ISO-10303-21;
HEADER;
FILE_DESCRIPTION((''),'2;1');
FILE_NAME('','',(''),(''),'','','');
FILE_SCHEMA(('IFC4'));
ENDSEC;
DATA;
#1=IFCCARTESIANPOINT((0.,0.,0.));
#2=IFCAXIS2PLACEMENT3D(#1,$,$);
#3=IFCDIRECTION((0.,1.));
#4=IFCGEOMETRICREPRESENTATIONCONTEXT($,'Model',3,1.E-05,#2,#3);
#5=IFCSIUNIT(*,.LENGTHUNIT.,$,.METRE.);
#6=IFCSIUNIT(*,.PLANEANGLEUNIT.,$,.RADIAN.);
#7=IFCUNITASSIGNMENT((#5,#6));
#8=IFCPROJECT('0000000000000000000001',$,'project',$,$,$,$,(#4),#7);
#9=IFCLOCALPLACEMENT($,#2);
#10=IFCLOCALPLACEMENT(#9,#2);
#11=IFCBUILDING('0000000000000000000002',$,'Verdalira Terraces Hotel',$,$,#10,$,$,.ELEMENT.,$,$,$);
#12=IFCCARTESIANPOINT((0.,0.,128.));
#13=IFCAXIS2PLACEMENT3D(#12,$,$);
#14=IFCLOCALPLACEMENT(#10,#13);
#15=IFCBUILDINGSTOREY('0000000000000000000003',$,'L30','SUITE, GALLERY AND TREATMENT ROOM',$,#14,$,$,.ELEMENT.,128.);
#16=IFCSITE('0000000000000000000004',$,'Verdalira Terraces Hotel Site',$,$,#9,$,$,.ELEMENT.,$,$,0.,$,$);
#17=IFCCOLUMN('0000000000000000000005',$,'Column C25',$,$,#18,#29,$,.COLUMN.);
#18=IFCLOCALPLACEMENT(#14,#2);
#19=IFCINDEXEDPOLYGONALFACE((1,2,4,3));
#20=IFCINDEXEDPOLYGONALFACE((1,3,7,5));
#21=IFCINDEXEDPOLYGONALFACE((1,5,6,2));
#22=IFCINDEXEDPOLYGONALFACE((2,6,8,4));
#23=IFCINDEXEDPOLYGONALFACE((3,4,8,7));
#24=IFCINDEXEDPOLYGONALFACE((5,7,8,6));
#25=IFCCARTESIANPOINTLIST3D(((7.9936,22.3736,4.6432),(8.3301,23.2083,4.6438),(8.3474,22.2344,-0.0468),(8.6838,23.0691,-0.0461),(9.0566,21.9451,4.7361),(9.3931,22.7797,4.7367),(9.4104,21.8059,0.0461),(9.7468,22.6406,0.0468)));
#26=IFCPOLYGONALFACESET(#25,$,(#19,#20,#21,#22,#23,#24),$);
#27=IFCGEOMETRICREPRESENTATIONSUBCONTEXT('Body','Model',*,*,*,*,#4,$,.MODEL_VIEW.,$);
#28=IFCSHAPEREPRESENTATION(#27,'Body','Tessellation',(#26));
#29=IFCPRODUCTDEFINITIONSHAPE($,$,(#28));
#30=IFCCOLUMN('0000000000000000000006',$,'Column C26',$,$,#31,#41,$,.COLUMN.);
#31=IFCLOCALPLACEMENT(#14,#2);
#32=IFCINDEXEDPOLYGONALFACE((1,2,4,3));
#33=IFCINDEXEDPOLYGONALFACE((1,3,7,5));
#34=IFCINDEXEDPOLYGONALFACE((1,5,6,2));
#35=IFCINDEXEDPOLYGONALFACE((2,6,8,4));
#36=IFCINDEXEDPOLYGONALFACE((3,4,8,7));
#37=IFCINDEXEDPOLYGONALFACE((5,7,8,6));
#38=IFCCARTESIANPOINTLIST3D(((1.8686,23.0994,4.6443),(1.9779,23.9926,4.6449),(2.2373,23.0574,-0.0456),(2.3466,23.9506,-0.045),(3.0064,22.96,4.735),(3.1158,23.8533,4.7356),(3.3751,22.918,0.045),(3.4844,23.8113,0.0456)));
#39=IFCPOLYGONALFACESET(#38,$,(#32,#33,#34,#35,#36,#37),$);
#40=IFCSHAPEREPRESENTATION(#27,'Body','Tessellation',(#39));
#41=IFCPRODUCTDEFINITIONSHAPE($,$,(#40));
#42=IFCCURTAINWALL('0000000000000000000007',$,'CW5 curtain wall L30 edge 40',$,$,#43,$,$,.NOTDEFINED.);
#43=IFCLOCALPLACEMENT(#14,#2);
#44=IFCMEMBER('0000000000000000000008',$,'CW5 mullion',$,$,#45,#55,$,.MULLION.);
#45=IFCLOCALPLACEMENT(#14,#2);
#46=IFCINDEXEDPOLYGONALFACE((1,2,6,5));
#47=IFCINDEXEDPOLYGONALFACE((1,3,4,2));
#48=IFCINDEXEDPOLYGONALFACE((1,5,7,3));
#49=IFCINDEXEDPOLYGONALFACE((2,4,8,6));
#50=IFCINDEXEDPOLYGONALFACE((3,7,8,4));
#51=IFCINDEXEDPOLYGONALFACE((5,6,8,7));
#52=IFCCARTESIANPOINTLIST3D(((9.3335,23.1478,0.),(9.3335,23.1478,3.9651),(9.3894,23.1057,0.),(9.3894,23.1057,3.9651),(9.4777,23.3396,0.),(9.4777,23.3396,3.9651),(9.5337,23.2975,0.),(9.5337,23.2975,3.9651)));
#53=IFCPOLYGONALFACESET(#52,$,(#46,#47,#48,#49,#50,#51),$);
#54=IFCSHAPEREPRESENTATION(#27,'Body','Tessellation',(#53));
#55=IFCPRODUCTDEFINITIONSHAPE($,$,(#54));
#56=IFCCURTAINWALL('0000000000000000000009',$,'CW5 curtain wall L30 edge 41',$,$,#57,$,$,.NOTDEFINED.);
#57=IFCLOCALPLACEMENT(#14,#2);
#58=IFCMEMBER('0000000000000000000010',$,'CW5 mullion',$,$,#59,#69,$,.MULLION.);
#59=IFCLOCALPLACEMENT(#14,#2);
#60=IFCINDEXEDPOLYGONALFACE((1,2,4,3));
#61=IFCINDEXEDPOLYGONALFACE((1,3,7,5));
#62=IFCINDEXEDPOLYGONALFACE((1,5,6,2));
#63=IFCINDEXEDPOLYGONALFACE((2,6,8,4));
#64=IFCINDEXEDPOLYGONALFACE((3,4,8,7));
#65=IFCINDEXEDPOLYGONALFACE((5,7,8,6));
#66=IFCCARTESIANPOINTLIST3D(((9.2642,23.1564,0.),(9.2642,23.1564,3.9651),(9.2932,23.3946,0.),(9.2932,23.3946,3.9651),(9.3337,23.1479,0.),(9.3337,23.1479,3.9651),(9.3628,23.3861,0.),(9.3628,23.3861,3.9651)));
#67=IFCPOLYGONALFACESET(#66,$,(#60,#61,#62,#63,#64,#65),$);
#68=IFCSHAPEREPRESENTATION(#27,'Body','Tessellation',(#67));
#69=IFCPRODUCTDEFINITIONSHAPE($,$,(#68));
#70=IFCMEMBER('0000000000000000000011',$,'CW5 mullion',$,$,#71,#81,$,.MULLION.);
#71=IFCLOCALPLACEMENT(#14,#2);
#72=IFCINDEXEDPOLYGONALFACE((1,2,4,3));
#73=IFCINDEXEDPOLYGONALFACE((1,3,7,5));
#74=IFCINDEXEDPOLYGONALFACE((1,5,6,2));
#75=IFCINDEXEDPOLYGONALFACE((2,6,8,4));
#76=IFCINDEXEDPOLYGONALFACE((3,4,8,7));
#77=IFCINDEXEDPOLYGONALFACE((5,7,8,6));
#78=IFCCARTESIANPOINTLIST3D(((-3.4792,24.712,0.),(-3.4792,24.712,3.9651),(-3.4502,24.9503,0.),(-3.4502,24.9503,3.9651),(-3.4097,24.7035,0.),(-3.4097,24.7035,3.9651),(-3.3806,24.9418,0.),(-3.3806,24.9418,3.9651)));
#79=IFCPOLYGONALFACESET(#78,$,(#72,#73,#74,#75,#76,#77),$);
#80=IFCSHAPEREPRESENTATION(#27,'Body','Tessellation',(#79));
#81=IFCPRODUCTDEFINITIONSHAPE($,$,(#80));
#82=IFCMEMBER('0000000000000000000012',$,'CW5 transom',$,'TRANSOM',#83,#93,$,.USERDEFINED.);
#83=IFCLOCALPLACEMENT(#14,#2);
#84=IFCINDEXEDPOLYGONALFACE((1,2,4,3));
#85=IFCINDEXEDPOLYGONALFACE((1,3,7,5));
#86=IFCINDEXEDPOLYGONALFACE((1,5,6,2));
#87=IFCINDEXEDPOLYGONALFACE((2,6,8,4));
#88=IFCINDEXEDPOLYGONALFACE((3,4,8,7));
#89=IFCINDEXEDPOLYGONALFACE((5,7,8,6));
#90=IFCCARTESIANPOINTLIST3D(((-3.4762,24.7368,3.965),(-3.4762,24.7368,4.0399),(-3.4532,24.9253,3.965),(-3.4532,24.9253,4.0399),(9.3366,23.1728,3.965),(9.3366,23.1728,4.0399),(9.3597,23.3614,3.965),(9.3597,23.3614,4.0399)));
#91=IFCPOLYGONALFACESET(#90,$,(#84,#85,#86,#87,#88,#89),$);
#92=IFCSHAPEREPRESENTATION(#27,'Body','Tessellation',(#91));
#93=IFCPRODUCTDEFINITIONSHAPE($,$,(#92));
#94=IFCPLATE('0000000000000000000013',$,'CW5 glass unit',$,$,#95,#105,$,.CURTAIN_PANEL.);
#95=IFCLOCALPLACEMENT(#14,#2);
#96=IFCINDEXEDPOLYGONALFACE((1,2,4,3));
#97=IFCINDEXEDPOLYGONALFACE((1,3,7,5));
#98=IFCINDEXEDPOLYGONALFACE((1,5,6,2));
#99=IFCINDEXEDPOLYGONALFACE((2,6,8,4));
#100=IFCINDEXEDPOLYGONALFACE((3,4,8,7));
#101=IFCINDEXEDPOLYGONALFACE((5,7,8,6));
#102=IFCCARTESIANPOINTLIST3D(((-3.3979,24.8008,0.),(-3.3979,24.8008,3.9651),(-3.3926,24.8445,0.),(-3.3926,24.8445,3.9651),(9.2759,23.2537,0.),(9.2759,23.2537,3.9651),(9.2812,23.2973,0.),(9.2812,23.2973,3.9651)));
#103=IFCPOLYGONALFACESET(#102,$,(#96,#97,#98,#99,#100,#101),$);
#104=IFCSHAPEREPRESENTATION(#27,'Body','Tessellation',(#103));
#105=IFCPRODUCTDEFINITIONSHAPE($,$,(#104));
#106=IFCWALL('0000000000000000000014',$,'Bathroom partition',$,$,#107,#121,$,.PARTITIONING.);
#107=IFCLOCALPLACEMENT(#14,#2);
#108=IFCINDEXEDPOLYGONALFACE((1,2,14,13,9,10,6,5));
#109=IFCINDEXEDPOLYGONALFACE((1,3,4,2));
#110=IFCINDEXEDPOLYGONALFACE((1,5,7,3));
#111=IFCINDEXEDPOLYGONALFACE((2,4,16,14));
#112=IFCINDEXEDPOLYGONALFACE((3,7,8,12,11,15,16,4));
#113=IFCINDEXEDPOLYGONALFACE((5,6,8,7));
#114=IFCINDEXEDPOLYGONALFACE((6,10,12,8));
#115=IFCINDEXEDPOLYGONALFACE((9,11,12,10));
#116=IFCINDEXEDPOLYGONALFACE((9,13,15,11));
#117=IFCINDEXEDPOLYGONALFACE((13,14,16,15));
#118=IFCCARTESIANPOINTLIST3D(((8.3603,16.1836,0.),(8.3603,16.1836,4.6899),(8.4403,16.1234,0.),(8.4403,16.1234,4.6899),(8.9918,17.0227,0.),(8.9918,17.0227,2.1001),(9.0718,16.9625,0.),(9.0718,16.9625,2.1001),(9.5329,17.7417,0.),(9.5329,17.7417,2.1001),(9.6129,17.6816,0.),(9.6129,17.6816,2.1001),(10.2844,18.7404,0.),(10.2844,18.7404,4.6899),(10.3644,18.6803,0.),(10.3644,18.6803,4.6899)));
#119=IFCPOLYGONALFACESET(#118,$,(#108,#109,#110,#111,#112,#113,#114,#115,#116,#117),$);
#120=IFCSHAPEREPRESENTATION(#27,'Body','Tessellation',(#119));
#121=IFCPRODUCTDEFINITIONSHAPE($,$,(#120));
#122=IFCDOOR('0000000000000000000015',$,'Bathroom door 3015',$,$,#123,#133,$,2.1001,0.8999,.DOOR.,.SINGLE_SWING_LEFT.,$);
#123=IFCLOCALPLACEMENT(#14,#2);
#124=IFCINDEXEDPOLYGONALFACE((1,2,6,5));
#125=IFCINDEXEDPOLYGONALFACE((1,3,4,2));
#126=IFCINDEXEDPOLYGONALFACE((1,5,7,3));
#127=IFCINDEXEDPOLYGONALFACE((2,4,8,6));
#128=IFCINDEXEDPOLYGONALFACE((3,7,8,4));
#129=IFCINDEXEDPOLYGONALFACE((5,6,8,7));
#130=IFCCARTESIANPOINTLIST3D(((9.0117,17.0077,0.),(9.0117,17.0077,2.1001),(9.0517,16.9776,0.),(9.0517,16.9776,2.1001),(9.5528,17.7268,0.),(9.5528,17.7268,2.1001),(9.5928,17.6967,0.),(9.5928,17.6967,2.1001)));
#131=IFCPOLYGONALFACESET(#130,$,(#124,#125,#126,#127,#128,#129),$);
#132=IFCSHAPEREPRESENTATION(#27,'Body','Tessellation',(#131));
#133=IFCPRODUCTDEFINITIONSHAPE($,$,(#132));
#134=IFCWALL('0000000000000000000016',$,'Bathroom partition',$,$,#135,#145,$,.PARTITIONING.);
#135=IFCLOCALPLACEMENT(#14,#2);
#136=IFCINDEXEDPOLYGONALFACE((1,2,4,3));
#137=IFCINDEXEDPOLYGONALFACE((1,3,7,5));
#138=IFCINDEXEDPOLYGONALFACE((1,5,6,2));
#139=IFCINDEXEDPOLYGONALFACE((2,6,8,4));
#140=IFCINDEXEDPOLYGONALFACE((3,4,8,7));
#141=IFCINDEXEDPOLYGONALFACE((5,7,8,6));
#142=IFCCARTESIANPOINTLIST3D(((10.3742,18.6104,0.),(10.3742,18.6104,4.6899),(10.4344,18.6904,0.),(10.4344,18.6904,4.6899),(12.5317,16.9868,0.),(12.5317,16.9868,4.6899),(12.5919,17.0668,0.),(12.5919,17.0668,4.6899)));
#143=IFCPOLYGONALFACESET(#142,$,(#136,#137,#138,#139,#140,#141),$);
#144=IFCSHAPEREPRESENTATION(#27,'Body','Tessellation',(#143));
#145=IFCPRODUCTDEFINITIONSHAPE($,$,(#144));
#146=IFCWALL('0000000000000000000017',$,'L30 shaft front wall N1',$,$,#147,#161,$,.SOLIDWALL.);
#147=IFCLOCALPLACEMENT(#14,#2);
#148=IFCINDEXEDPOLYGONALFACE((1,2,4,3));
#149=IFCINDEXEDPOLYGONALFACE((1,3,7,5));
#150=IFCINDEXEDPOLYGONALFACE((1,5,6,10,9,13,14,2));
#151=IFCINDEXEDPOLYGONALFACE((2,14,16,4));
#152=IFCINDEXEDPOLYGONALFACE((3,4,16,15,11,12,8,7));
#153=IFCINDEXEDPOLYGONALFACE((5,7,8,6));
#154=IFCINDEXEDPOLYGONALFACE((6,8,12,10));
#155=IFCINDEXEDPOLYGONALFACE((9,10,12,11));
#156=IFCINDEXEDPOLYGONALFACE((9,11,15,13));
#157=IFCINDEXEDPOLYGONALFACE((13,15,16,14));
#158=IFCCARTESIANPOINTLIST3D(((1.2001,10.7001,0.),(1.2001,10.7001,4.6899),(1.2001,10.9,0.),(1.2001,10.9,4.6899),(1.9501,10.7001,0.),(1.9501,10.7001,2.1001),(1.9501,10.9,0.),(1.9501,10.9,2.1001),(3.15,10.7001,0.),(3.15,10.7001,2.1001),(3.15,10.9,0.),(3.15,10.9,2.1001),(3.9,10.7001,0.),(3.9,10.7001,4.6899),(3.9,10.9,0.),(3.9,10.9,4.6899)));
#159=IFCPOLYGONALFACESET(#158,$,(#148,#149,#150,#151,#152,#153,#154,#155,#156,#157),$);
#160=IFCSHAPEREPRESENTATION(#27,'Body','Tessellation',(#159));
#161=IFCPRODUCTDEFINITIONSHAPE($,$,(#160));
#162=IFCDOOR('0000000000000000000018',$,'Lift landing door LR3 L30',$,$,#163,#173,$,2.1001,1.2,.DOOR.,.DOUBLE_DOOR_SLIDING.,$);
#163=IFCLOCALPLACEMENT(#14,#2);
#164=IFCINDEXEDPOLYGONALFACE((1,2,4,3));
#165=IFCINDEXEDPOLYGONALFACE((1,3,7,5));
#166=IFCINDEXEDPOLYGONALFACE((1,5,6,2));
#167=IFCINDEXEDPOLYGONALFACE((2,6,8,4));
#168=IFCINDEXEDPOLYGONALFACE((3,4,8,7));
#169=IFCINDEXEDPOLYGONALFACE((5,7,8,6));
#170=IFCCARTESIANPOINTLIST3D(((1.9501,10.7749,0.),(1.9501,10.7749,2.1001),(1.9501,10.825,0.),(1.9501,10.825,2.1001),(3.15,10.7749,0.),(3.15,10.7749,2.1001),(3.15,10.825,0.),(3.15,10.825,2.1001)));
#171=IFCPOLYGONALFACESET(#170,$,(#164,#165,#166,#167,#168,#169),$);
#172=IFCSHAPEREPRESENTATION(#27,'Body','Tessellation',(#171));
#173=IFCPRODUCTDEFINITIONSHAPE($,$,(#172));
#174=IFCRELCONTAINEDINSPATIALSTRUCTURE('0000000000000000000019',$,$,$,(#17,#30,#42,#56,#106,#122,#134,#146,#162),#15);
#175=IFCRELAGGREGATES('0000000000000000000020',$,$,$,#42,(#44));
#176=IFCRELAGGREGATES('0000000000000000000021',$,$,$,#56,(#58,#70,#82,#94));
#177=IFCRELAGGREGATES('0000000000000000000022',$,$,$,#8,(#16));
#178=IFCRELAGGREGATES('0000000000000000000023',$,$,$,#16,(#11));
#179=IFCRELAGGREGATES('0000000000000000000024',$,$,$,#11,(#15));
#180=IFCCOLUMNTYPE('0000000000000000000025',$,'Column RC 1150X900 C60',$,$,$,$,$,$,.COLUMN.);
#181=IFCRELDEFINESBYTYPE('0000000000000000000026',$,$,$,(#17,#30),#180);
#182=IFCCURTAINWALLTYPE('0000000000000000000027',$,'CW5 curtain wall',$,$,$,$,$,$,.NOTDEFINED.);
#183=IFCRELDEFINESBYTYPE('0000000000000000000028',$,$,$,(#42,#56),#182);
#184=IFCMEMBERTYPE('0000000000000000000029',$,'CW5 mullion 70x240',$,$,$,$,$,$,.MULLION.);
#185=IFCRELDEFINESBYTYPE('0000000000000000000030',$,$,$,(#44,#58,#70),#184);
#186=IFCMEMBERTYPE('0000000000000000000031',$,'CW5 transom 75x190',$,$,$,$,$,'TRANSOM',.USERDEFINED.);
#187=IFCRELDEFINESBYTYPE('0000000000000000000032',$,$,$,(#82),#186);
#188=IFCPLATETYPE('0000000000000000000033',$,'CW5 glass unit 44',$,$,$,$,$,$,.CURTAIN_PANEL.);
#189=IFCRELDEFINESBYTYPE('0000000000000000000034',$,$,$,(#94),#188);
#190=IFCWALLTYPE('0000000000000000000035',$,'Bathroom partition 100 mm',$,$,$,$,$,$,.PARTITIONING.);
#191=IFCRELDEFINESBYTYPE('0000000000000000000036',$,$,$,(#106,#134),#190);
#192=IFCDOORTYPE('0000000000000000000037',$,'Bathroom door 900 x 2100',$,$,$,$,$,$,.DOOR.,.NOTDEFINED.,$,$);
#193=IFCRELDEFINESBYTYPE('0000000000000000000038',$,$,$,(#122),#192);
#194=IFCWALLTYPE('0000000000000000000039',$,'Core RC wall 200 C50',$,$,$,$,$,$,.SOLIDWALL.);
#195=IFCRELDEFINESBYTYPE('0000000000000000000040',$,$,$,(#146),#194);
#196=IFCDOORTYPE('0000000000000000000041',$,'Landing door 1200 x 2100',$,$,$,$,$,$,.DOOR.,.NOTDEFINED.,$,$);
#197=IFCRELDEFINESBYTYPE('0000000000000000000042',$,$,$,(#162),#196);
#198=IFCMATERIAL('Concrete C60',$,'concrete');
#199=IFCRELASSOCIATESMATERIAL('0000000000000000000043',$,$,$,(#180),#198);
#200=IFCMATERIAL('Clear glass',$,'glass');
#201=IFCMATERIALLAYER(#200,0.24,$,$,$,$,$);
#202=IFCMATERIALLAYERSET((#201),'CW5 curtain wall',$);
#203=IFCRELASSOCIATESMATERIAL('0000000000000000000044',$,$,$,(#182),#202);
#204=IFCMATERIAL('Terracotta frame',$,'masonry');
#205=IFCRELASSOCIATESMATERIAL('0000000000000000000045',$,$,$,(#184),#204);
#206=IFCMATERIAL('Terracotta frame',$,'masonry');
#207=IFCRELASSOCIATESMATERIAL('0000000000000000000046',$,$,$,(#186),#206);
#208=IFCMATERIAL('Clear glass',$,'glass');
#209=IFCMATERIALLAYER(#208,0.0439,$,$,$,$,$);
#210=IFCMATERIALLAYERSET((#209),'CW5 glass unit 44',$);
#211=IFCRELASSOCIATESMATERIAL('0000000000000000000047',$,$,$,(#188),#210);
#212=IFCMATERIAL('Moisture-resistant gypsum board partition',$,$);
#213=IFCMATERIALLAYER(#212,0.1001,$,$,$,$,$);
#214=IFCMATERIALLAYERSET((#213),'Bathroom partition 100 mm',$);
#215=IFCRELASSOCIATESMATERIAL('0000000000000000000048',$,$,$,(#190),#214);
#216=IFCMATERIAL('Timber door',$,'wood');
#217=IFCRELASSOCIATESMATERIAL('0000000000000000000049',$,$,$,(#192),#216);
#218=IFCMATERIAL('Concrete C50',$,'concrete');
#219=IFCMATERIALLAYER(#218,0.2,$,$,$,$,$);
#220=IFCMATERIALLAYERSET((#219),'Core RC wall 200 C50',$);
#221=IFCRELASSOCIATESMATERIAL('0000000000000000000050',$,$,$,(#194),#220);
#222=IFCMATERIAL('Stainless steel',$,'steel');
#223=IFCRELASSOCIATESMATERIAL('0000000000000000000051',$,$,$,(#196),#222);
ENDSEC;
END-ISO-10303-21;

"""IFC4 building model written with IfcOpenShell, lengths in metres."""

from ifc_helpers import new_model, si_unit, direction, frame, frame_2d, origin, origin_2d, place, context, subcontext, project, spatial, rectangle, extrude, material, layer, layer_set, material_profile, profile_set, type_object, element, fill, aggregate, save


model = new_model("IFC4")

# Units and contexts
model_context = context("Model", 3, precision=1e-05, world=origin(), true_north=direction((0.0, 1.0)))
body_context = subcontext(model_context, "Body", "Model", "MODEL_VIEW")
ifc_project = project(units=[si_unit("LENGTHUNIT", "METRE"), si_unit("PLANEANGLEUNIT", "RADIAN")], contexts=[model_context])

# Site, building, storey
site_placement = place(None, origin())
site = spatial("IfcSite", under=ifc_project, at=site_placement, Name="Verdalira Terraces Hotel Site", CompositionType="ELEMENT", RefElevation=0.0)
building_placement = place(site_placement, origin())
building = spatial("IfcBuilding", under=site, at=building_placement, Name="Verdalira Terraces Hotel", CompositionType="ELEMENT")
storey_placement = place(building_placement, frame((0.0, 0.0, 128.0)))
storey = spatial("IfcBuildingStorey", under=building, at=storey_placement, Name="L30", Description="SUITE, GALLERY AND TREATMENT ROOM", CompositionType="ELEMENT", Elevation=128.0)

# Columns
ifc_material_1 = material(Name="Concrete C60", Category="concrete")
ifc_material_profile_1 = material_profile(ifc_material_1, rectangle(XDim=1.1499, YDim=0.8999, at=origin_2d()), Name="RC 1150X900")
ifc_profile_set_1 = profile_set([ifc_material_profile_1], Name="Concrete C60")
column_type = type_object("IfcColumnType", Name="Column RC 1150X900 C60", PredefinedType="COLUMN", material=ifc_profile_set_1)
column_1_placement = place(storey_placement, frame((9.0471, 22.4375, 0.0), z_axis=(-0.075183, 0.029575, 0.996731), x_axis=(0.924436, -0.372682, 0.080788)))
element("IfcColumn", 1, at=column_1_placement, inside=storey, type_object=column_type, Name="Column C25", PredefinedType="COLUMN", context=body_context, shape_type="SweptSolid", body=[
    extrude(rectangle(XDim=1.1499, YDim=0.8999, at=origin_2d()), origin(), (0.0, 0.0, 1.0), 4.7053),
])
column_2_placement = place(storey_placement, frame((2.8608, 23.4343, 0.0), z_axis=(-0.07836, 0.008926, 0.996885), x_axis=(-0.989494, 0.121169, -0.078864)))
element("IfcColumn", 2, at=column_2_placement, inside=storey, type_object=column_type, Name="Column C26", PredefinedType="COLUMN", context=body_context, shape_type="SweptSolid", body=[
    extrude(rectangle(XDim=1.1499, YDim=0.8999, at=origin_2d()), origin(), (0.0, 0.0, 1.0), 4.7046),
])

# Curtain wall, member
ifc_material_2 = material(Name="Clear glass", Category="glass")
ifc_layer_1 = layer(ifc_material_2, 0.24)
ifc_layer_set_1 = layer_set([ifc_layer_1], Name="CW5 curtain wall")
curtain_wall_type = type_object("IfcCurtainWallType", Name="CW5 curtain wall", PredefinedType="NOTDEFINED", material=ifc_layer_set_1)
curtain_wall_1_placement = place(storey_placement, origin())
curtain_wall_1 = element("IfcCurtainWall", 3, at=curtain_wall_1_placement, inside=storey, type_object=curtain_wall_type, Name="CW5 curtain wall L30 edge 40", PredefinedType="NOTDEFINED")
ifc_material_3 = material(Name="Terracotta frame", Category="masonry")
ifc_material_profile_2 = material_profile(ifc_material_3, rectangle(XDim=0.0701, YDim=0.24, at=origin_2d()), Name="MU 70x240")
ifc_profile_set_2 = profile_set([ifc_material_profile_2], Name="Terracotta frame")
member_type_1 = type_object("IfcMemberType", Name="CW5 mullion 70x240", PredefinedType="MULLION", material=ifc_profile_set_2)
member_1_placement = place(storey_placement, frame((9.4336, 23.2227, 0.0), z_axis=(0.0, 0.0, 1.0), x_axis=(-0.799055, 0.601257, 0.0)))
member_1 = element("IfcMember", 4, at=member_1_placement, type_object=member_type_1, Name="CW5 mullion", PredefinedType="MULLION", context=body_context, shape_type="SweptSolid", body=[
    extrude(rectangle(XDim=0.0701, YDim=0.24, at=origin_2d()), origin(), (0.0, 0.0, 1.0), 3.9651),
])
aggregate(curtain_wall_1, [member_1])

# Curtain wall, members, plate
curtain_wall_2_placement = place(storey_placement, origin())
curtain_wall_2 = element("IfcCurtainWall", 5, at=curtain_wall_2_placement, inside=storey, type_object=curtain_wall_type, Name="CW5 curtain wall L30 edge 41", PredefinedType="NOTDEFINED")
member_2_placement = place(storey_placement, frame((9.3135, 23.2712, 0.0), z_axis=(0.0, 0.0, 1.0), x_axis=(-0.992631, 0.121176, 0.0)))
member_2 = element("IfcMember", 6, at=member_2_placement, type_object=member_type_1, Name="CW5 mullion", PredefinedType="MULLION", context=body_context, shape_type="SweptSolid", body=[
    extrude(rectangle(XDim=0.0701, YDim=0.24, at=origin_2d()), origin(), (0.0, 0.0, 1.0), 3.9651),
])
member_3_placement = place(storey_placement, frame((-3.4299, 24.8269, 0.0), z_axis=(0.0, 0.0, 1.0), x_axis=(-0.992631, 0.121176, 0.0)))
member_3 = element("IfcMember", 7, at=member_3_placement, type_object=member_type_1, Name="CW5 mullion", PredefinedType="MULLION", context=body_context, shape_type="SweptSolid", body=[
    extrude(rectangle(XDim=0.0701, YDim=0.24, at=origin_2d()), origin(), (0.0, 0.0, 1.0), 3.9651),
])
ifc_material_4 = material(Name="Terracotta frame", Category="masonry")
ifc_material_profile_3 = material_profile(ifc_material_4, rectangle(XDim=0.1899, YDim=0.075, at=origin_2d()), Name="TR 75x190")
ifc_profile_set_3 = profile_set([ifc_material_profile_3], Name="Terracotta frame")
member_type_2 = type_object("IfcMemberType", Name="CW5 transom 75x190", ElementType="TRANSOM", PredefinedType="USERDEFINED", material=ifc_profile_set_3)
member_4_placement = place(storey_placement, frame((9.3481, 23.2671, 4.0024), z_axis=(-0.992633, 0.121164, 0.0), x_axis=(-0.121164, -0.992633, 0.0)))
member_4 = element("IfcMember", 8, at=member_4_placement, type_object=member_type_2, Name="CW5 transom", ObjectType="TRANSOM", PredefinedType="USERDEFINED", context=body_context, shape_type="SweptSolid", body=[
    extrude(rectangle(XDim=0.1899, YDim=0.075, at=origin_2d()), origin(), (0.0, 0.0, 1.0), 12.908),
])
ifc_material_5 = material(Name="Clear glass", Category="glass")
ifc_layer_2 = layer(ifc_material_5, 0.0439)
ifc_layer_set_2 = layer_set([ifc_layer_2], Name="CW5 glass unit 44")
plate_type = type_object("IfcPlateType", Name="CW5 glass unit 44", PredefinedType="CURTAIN_PANEL", material=ifc_layer_set_2)
plate_placement = place(storey_placement, frame((2.9417, 24.0491, 0.0), z_axis=(0.0, 0.0, 1.0), x_axis=(-0.992631, 0.121176, 0.0)))
plate = element("IfcPlate", 9, at=plate_placement, type_object=plate_type, Name="CW5 glass unit", PredefinedType="CURTAIN_PANEL", context=body_context, shape_type="SweptSolid", body=[
    extrude(rectangle(XDim=12.7678, YDim=0.0439, at=origin_2d()), origin(), (0.0, 0.0, 1.0), 3.9651),
])
aggregate(curtain_wall_2, [member_2, member_3, member_4, plate])

# Wall, opening, door
ifc_material_6 = material(Name="Moisture-resistant gypsum board partition")
ifc_layer_3 = layer(ifc_material_6, 0.1001)
ifc_layer_set_3 = layer_set([ifc_layer_3], Name="Bathroom partition 100 mm")
wall_type_1 = type_object("IfcWallType", Name="Bathroom partition 100 mm", PredefinedType="PARTITIONING", material=ifc_layer_set_3)
wall_1_placement = place(storey_placement, frame((10.3245, 18.7104, 0.0), z_axis=(0.0, 0.0, 1.0), x_axis=(-0.601281, -0.799038, 0.0)))
wall_1 = element("IfcWall", 10, at=wall_1_placement, inside=storey, type_object=wall_type_1, Name="Bathroom partition", PredefinedType="PARTITIONING", context=body_context, shape_type="SweptSolid", body=[
    extrude(rectangle(XDim=3.2, YDim=0.1001, at=frame_2d((1.6001, 0.0))), origin(), (0.0, 0.0, 1.0), 4.6899),
])
opening_1_placement = place(wall_1_placement, frame((1.25, 0.0, 0.0)))
opening_1 = element("IfcOpeningElement", 11, at=opening_1_placement, cuts=wall_1, PredefinedType="OPENING", context=body_context, shape_type="SweptSolid", body=[
    extrude(rectangle(XDim=0.8999, YDim=2.1001, at=frame_2d((0.45, 1.05))), frame((0.0, 0.0601, 0.0), z_axis=(0.0, -1.0, 0.0), x_axis=(1.0, 0.0, 0.0)), (0.0, 0.0, 1.0), 0.1201),
])
ifc_material_7 = material(Name="Timber door", Category="wood")
door_type_1 = type_object("IfcDoorType", Name="Bathroom door 900 x 2100", OperationType="NOTDEFINED", PredefinedType="DOOR", material=ifc_material_7)
door_1_placement = place(opening_1_placement, origin())
door_1 = element("IfcDoor", 12, at=door_1_placement, inside=storey, type_object=door_type_1, Name="Bathroom door 3015", OperationType="SINGLE_SWING_LEFT", OverallHeight=2.1001, OverallWidth=0.8999, PredefinedType="DOOR", context=body_context, shape_type="SweptSolid", body=[
    extrude(rectangle(XDim=0.8999, YDim=2.1001, at=frame_2d((0.45, 1.05))), frame((0.0, 0.0249, 0.0), z_axis=(0.0, -1.0, 0.0), x_axis=(1.0, 0.0, 0.0)), (0.0, 0.0, 1.0), 0.05),
])
fill(opening_1, door_1)

# Wall
wall_2_placement = place(storey_placement, frame((10.4043, 18.6504, 0.0), z_axis=(0.0, 0.0, 1.0), x_axis=(0.799033, -0.601287, 0.0)))
element("IfcWall", 13, at=wall_2_placement, inside=storey, type_object=wall_type_1, Name="Bathroom partition", PredefinedType="PARTITIONING", context=body_context, shape_type="SweptSolid", body=[
    extrude(rectangle(XDim=2.7002, YDim=0.1001, at=frame_2d((1.3501, 0.0))), origin(), (0.0, 0.0, 1.0), 4.6899),
])

# Wall, opening, door
ifc_material_8 = material(Name="Concrete C50", Category="concrete")
ifc_layer_4 = layer(ifc_material_8, 0.2)
ifc_layer_set_4 = layer_set([ifc_layer_4], Name="Core RC wall 200 C50")
wall_type_2 = type_object("IfcWallType", Name="Core RC wall 200 C50", PredefinedType="SOLIDWALL", material=ifc_layer_set_4)
wall_3_placement = place(storey_placement, frame((1.2, 10.8, 0.0), z_axis=(0.0, 0.0, 1.0), x_axis=(1.0, 0.0, 0.0)))
wall_3 = element("IfcWall", 14, at=wall_3_placement, inside=storey, type_object=wall_type_2, Name="L30 shaft front wall N1", PredefinedType="SOLIDWALL", context=body_context, shape_type="SweptSolid", body=[
    extrude(rectangle(XDim=2.7, YDim=0.2, at=frame_2d((1.3501, 0.0))), origin(), (0.0, 0.0, 1.0), 4.6899),
])
opening_2_placement = place(wall_3_placement, frame((0.75, 0.0, 0.0)))
opening_2 = element("IfcOpeningElement", 15, at=opening_2_placement, cuts=wall_3, PredefinedType="OPENING", context=body_context, shape_type="SweptSolid", body=[
    extrude(rectangle(XDim=1.2, YDim=2.1001, at=frame_2d((0.6001, 1.05))), frame((0.0, 0.1099, 0.0), z_axis=(0.0, -1.0, 0.0), x_axis=(1.0, 0.0, 0.0)), (0.0, 0.0, 1.0), 0.22),
])
ifc_material_9 = material(Name="Stainless steel", Category="steel")
door_type_2 = type_object("IfcDoorType", Name="Landing door 1200 x 2100", OperationType="NOTDEFINED", PredefinedType="DOOR", material=ifc_material_9)
door_2_placement = place(opening_2_placement, origin())
door_2 = element("IfcDoor", 16, at=door_2_placement, inside=storey, type_object=door_type_2, Name="Lift landing door LR3 L30", OperationType="DOUBLE_DOOR_SLIDING", OverallHeight=2.1001, OverallWidth=1.2, PredefinedType="DOOR", context=body_context, shape_type="SweptSolid", body=[
    extrude(rectangle(XDim=1.2, YDim=2.1001, at=frame_2d((0.6001, 1.05))), frame((0.0, 0.0249, 0.0), z_axis=(0.0, -1.0, 0.0), x_axis=(1.0, 0.0, 0.0)), (0.0, 0.0, 1.0), 0.05),
])
fill(opening_2, door_2)

save(model, "model.ifc")
